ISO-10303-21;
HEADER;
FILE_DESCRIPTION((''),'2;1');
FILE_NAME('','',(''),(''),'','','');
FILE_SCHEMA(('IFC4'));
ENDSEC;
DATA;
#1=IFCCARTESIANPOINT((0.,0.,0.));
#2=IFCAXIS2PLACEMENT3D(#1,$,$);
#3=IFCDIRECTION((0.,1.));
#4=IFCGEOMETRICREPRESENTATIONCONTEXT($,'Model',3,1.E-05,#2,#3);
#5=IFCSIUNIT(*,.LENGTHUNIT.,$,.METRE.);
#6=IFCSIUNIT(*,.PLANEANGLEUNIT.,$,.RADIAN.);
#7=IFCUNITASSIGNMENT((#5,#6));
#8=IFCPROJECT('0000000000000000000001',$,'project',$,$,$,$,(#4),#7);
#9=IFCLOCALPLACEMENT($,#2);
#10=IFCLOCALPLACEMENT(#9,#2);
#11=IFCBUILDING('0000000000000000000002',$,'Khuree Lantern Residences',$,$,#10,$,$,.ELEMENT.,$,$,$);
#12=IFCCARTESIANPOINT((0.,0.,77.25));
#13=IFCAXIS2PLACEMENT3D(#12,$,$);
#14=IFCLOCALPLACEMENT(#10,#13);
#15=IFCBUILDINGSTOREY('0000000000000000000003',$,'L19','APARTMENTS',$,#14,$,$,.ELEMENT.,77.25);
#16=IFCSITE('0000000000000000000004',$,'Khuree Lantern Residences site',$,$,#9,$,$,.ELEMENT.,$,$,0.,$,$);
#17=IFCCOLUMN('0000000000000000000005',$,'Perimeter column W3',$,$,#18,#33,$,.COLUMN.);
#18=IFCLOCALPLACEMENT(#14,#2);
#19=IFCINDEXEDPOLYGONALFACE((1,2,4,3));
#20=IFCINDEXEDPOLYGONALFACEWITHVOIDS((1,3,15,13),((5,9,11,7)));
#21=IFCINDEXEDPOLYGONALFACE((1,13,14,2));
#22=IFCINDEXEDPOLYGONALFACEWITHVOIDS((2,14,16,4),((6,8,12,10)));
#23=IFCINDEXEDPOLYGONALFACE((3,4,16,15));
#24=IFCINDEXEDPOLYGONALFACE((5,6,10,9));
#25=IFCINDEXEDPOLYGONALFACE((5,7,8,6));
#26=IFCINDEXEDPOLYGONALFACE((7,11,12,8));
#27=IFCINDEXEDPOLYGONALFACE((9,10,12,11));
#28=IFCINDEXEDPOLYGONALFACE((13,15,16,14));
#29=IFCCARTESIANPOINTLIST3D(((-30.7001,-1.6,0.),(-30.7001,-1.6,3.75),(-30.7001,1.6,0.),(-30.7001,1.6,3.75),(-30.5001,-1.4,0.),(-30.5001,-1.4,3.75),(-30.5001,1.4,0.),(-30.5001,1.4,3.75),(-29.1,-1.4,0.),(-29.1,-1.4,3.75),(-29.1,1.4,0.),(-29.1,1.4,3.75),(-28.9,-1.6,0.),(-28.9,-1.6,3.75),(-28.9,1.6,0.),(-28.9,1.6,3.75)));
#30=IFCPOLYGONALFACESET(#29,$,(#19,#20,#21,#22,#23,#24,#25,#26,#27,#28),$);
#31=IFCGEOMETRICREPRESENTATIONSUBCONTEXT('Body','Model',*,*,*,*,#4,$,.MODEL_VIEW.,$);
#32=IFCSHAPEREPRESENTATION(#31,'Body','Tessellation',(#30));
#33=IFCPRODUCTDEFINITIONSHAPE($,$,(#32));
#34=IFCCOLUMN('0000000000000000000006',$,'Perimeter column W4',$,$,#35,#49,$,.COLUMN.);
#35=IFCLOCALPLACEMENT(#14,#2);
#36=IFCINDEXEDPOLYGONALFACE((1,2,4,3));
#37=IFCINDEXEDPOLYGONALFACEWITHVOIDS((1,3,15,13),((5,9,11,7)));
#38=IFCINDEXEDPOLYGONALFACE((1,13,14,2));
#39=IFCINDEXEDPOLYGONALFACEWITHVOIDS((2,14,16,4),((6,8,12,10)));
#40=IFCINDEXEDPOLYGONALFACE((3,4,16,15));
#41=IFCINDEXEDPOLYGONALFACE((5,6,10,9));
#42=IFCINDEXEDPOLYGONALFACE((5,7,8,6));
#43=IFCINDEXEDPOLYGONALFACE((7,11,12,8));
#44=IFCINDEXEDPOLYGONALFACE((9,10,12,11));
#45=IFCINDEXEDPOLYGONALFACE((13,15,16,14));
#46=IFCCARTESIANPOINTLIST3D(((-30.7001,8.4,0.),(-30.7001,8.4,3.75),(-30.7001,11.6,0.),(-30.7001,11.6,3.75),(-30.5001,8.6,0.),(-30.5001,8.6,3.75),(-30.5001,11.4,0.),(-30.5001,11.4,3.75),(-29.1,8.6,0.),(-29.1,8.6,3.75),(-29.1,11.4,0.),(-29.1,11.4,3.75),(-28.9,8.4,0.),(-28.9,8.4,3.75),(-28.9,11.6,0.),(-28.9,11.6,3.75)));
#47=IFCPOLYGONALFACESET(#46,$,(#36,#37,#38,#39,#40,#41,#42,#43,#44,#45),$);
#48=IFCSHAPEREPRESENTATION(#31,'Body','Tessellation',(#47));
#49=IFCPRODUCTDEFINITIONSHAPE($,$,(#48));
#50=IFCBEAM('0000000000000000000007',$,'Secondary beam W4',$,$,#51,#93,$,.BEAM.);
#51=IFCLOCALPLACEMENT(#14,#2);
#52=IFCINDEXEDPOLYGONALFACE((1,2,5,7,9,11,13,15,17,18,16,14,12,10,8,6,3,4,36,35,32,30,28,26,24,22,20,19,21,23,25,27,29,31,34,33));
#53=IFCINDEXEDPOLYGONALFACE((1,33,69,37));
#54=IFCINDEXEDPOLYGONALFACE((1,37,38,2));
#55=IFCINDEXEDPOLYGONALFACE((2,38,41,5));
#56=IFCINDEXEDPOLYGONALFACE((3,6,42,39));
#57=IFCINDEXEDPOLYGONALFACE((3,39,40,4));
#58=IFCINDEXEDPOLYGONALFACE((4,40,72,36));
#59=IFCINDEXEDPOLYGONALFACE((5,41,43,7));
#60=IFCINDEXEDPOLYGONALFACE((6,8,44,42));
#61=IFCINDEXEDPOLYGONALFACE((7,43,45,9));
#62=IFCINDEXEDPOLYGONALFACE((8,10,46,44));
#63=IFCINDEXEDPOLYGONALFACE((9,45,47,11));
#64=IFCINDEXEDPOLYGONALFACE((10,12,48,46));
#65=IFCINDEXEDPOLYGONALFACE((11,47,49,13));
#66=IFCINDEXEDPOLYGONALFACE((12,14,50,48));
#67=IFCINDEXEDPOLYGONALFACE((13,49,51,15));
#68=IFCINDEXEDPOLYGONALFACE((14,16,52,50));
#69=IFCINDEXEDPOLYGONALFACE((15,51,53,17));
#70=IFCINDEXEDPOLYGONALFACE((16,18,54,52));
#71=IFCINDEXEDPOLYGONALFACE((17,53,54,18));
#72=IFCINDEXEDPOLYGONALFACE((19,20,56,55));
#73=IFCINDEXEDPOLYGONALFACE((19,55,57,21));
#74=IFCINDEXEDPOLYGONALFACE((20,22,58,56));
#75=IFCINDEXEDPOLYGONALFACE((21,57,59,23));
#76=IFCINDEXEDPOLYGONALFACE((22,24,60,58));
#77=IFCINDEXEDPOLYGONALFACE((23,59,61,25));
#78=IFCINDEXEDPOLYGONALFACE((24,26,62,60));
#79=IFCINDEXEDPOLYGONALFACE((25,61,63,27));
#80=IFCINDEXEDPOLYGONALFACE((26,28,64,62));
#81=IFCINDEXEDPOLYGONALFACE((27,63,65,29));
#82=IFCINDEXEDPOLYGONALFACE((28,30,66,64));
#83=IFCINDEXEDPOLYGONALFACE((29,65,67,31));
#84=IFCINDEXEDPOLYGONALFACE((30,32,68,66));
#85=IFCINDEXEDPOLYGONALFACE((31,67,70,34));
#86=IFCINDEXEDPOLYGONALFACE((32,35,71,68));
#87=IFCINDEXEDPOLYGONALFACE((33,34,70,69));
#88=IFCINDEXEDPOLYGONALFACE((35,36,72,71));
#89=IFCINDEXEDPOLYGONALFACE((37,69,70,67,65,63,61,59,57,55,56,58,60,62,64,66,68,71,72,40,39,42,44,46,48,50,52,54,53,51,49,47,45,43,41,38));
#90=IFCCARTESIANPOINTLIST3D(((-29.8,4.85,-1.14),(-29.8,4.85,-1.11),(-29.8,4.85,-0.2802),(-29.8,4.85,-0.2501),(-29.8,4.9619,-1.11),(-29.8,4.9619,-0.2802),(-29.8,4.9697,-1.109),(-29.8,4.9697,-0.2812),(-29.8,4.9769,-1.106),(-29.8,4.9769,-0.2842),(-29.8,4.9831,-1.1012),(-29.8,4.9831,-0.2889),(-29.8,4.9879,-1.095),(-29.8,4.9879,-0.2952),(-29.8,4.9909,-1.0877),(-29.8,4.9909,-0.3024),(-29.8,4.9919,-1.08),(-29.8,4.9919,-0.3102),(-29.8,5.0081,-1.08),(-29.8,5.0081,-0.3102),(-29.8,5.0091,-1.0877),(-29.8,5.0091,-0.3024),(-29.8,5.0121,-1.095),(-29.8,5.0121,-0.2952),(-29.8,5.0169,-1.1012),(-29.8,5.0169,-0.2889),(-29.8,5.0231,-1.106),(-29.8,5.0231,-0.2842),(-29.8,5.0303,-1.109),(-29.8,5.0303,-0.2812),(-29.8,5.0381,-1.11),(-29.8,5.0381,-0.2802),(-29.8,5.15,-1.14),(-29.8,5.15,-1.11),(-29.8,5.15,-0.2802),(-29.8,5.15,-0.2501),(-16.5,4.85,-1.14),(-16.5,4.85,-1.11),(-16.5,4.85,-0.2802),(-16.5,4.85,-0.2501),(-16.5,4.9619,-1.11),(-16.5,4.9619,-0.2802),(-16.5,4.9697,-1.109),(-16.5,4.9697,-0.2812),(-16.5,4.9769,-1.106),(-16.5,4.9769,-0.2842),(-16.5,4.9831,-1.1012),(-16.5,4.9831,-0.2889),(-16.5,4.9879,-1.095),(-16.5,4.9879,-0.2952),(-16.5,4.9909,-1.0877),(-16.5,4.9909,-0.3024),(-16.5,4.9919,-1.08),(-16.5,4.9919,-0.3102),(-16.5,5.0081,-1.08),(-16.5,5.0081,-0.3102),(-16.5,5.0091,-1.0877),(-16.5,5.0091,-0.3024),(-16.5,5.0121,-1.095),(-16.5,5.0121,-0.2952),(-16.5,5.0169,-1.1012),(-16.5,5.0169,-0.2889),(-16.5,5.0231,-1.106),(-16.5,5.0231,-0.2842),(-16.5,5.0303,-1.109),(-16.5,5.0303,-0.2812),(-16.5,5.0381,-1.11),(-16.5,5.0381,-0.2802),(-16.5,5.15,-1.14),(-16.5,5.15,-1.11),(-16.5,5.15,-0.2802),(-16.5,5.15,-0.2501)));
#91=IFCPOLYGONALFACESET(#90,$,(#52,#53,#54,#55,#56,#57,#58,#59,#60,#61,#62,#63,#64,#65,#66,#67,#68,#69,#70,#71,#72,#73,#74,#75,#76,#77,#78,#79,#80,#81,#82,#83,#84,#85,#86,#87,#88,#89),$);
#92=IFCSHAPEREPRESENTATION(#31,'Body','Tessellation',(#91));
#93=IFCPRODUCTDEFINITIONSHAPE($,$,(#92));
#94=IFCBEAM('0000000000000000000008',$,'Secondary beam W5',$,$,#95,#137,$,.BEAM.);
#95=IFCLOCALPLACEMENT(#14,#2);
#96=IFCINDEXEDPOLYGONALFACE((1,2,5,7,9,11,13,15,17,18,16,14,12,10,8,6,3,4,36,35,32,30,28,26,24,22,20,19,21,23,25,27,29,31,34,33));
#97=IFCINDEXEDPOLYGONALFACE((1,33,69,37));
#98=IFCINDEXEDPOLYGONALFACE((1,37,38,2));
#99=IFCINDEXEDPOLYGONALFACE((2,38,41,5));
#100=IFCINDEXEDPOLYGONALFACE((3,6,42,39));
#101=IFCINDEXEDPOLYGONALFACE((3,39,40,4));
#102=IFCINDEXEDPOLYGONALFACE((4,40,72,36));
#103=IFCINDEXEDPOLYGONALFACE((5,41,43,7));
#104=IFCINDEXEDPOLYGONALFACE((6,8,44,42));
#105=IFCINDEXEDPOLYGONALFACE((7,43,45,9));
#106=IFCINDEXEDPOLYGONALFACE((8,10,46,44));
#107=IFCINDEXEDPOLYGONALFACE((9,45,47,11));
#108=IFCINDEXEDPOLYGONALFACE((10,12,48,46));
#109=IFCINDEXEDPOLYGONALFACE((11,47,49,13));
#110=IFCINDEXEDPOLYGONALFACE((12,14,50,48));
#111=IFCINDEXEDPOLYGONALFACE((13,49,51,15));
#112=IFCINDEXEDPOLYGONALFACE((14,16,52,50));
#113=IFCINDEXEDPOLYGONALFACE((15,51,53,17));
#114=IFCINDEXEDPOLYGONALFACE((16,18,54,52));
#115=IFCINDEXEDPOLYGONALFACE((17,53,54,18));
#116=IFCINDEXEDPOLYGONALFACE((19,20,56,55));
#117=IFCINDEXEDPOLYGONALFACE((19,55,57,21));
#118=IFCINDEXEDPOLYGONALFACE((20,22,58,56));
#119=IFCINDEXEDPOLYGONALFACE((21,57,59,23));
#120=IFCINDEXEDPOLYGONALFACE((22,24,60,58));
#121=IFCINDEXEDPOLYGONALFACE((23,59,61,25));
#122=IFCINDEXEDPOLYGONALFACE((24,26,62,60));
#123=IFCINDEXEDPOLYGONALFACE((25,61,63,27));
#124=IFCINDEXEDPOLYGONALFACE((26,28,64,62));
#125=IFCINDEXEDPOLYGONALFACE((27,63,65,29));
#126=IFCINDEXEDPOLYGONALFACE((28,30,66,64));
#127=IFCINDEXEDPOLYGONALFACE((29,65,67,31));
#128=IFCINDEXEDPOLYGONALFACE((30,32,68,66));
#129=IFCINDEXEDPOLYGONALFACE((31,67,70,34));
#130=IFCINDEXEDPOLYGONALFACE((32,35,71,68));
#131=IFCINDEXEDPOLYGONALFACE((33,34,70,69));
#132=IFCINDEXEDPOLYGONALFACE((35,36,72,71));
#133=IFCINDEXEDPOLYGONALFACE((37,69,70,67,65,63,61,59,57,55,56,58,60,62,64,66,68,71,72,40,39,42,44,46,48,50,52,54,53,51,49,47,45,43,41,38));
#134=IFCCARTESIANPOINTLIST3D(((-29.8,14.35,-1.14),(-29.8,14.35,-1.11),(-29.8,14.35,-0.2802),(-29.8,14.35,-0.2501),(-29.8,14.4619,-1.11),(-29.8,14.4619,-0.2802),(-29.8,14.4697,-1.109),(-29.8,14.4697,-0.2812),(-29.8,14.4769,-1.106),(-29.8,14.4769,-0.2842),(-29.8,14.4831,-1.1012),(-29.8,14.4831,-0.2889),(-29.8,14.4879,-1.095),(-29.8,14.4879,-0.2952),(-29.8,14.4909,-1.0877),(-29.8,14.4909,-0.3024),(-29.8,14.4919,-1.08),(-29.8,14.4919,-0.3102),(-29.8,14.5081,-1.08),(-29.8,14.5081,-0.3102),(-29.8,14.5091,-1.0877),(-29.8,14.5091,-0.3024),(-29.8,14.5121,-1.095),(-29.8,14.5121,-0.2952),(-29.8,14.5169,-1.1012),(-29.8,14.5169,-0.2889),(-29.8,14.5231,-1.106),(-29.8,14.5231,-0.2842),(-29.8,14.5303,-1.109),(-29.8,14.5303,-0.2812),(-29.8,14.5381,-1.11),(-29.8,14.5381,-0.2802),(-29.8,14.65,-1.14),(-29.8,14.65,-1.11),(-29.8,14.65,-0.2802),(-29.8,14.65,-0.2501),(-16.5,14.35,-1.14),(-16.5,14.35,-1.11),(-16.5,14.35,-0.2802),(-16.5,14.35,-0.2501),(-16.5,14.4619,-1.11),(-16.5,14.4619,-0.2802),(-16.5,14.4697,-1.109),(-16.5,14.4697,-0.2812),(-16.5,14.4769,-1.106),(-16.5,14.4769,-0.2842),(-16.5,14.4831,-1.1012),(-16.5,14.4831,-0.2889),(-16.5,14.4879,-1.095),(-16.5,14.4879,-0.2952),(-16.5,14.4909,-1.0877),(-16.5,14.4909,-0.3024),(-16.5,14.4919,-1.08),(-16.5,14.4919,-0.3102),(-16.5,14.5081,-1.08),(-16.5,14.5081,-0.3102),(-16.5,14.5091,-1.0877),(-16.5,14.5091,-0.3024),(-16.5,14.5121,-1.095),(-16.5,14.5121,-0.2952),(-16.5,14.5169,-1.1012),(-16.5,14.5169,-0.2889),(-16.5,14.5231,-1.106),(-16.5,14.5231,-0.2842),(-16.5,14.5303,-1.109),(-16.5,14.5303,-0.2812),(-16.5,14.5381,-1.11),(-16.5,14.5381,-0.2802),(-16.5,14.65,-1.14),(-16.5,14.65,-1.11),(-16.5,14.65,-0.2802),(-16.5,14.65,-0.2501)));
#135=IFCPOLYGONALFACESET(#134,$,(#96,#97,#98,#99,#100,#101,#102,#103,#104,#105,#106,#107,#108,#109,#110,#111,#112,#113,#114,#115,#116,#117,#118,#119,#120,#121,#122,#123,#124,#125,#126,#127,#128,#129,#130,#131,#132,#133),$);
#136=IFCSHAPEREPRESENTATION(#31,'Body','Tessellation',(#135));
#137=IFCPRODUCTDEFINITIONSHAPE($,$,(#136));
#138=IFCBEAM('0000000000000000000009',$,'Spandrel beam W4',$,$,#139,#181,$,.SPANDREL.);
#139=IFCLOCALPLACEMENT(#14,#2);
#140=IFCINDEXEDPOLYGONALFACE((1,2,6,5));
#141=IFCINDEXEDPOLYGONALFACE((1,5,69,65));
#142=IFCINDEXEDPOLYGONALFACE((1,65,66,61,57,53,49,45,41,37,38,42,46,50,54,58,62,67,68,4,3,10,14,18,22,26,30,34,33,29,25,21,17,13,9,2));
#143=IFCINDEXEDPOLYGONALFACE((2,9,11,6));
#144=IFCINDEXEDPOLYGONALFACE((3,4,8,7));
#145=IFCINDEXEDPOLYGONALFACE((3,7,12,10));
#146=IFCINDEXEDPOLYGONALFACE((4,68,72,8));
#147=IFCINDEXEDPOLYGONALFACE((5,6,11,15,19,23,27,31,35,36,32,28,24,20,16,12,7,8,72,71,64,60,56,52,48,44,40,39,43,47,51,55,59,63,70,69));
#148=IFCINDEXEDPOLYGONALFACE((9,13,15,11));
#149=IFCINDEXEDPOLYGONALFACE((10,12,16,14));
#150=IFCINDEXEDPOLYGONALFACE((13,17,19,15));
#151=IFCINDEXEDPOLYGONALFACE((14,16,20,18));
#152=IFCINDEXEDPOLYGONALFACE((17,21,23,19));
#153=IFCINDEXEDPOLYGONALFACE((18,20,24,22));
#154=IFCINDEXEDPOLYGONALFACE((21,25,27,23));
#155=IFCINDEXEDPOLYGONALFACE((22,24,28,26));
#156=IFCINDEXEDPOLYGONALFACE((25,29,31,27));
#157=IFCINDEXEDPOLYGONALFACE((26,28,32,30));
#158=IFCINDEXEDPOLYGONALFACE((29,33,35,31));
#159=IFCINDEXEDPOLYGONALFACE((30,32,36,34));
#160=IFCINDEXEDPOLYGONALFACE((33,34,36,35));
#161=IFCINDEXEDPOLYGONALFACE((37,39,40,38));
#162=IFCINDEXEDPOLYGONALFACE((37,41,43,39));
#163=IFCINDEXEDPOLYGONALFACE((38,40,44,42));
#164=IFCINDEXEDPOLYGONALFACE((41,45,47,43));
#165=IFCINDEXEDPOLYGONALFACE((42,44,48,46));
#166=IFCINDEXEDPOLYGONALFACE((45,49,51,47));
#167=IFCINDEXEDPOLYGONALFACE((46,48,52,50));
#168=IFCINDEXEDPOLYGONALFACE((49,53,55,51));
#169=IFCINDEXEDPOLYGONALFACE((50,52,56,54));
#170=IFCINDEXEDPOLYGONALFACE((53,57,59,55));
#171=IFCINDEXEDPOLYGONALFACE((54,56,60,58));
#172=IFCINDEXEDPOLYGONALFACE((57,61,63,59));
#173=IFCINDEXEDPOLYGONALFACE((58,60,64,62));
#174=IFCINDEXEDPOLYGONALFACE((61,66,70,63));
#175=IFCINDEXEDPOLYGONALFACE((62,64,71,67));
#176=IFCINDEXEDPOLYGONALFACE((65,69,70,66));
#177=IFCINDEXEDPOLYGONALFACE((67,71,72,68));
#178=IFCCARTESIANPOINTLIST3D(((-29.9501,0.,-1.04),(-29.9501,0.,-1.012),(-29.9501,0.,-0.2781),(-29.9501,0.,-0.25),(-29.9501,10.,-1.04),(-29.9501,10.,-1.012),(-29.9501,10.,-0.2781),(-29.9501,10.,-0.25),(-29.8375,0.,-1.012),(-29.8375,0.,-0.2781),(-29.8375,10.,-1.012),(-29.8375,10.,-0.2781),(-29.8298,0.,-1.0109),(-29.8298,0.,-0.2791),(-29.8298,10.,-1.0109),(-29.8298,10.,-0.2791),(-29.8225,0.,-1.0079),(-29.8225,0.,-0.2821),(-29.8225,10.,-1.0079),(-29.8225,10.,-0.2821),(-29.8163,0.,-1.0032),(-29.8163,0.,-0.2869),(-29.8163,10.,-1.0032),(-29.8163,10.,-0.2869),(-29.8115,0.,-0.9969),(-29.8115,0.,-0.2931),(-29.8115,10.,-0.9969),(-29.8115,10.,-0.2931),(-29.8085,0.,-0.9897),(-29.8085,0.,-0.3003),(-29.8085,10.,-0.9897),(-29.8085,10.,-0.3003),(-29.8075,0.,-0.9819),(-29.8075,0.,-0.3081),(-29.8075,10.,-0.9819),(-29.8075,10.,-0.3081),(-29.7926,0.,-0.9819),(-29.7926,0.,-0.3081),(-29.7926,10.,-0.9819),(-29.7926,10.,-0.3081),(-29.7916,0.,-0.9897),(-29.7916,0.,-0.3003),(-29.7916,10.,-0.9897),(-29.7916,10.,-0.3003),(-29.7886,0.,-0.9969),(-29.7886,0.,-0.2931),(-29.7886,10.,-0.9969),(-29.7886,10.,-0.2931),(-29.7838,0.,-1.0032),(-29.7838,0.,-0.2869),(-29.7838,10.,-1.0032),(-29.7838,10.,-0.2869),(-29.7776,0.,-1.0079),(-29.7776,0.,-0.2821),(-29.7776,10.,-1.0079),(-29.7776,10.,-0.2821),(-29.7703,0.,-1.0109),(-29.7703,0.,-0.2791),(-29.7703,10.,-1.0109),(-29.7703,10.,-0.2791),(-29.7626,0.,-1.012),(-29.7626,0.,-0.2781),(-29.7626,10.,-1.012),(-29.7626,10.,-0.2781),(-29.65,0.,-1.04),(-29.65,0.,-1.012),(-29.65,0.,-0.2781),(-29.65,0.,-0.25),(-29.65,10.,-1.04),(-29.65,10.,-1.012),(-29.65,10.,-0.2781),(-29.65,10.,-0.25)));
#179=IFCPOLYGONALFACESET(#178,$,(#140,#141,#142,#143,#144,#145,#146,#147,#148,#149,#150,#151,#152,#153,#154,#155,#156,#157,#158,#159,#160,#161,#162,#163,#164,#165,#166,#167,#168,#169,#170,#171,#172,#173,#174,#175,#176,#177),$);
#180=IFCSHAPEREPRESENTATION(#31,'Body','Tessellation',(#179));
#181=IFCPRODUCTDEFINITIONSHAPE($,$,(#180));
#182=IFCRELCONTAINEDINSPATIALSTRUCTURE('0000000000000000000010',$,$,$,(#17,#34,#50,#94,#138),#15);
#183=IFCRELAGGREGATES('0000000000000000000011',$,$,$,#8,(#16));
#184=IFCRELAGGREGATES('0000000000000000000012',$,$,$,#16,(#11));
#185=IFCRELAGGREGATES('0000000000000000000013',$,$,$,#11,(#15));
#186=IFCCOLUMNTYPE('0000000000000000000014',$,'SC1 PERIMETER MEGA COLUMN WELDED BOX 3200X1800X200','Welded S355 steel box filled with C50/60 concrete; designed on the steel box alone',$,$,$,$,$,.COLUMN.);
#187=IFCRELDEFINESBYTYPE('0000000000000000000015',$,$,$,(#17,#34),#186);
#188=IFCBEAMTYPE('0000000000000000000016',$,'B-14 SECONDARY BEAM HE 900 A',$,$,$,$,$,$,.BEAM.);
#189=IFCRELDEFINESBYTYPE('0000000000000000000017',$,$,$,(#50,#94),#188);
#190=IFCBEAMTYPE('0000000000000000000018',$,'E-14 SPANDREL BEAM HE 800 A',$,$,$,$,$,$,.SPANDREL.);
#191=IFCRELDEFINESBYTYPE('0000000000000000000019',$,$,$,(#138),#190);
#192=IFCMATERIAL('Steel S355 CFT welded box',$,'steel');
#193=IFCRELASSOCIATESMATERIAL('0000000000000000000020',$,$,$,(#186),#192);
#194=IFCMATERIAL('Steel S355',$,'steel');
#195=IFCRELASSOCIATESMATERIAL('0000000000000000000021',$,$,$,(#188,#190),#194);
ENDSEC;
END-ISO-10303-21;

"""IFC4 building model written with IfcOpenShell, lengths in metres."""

from ifc_helpers import new_model, si_unit, direction, frame, origin, origin_2d, place, context, subcontext, project, spatial, hollow_rectangle, i_section, extrude, material, material_profile, profile_set, type_object, element, save


model = new_model("IFC4")

# Units and contexts
model_context = context("Model", 3, precision=1e-05, world=origin(), true_north=direction((0.0, 1.0)))
body_context = subcontext(model_context, "Body", "Model", "MODEL_VIEW")
ifc_project = project(units=[si_unit("LENGTHUNIT", "METRE"), si_unit("PLANEANGLEUNIT", "RADIAN")], contexts=[model_context])

# Site, building, storey
site_placement = place(None, origin())
site = spatial("IfcSite", under=ifc_project, at=site_placement, Name="Khuree Lantern Residences site", CompositionType="ELEMENT", RefElevation=0.0)
building_placement = place(site_placement, origin())
building = spatial("IfcBuilding", under=site, at=building_placement, Name="Khuree Lantern Residences", CompositionType="ELEMENT")
storey_placement = place(building_placement, frame((0.0, 0.0, 77.25)))
storey = spatial("IfcBuildingStorey", under=building, at=storey_placement, Name="L19", Description="APARTMENTS", CompositionType="ELEMENT", Elevation=77.25)

# Columns
ifc_material_1 = material(Name="Steel S355 CFT welded box", Category="steel")
ifc_material_profile_1 = material_profile(ifc_material_1, hollow_rectangle(XDim=3.2, YDim=1.8, WallThickness=0.2, at=origin_2d()), Name="WELDED BOX 3200X1800X200")
ifc_profile_set_1 = profile_set([ifc_material_profile_1], Name="Steel S355 CFT welded box")
column_type = type_object("IfcColumnType", Name="SC1 PERIMETER MEGA COLUMN WELDED BOX 3200X1800X200", Description="Welded S355 steel box filled with C50/60 concrete; designed on the steel box alone", PredefinedType="COLUMN", material=ifc_profile_set_1)
for number, where, z_axis, x_axis, name in (
    (1, (-29.8, 0.0, 0.0), (0.0, 0.0, 1.0), (0.0, 1.0, 0.0), "Perimeter column W3"),
    (2, (-29.8, 10.0, 0.0), (0.0, 0.0, 1.0), (0.0, 1.0, 0.0), "Perimeter column W4"),
):
    element("IfcColumn", number, at=place(storey_placement, frame(where, z_axis=z_axis, x_axis=x_axis)), inside=storey, type_object=column_type, Name=name, PredefinedType="COLUMN", context=body_context, shape_type="SweptSolid", body=[
        extrude(hollow_rectangle(XDim=3.2, YDim=1.8, WallThickness=0.2, at=origin_2d()), origin(), (0.0, 0.0, 1.0), 3.75),
    ])

# Beams
ifc_material_2 = material(Name="Steel S355", Category="steel")
ifc_material_profile_2 = material_profile(ifc_material_2, i_section(OverallWidth=0.3, OverallDepth=0.8899, WebThickness=0.0161, FlangeThickness=0.03, FilletRadius=0.03, at=origin_2d()), Name="HE 900 A")
ifc_profile_set_2 = profile_set([ifc_material_profile_2], Name="Steel S355")
beam_type_1 = type_object("IfcBeamType", Name="B-14 SECONDARY BEAM HE 900 A", PredefinedType="BEAM", material=ifc_profile_set_2)
for number, where, z_axis, x_axis, name in (
    (3, (-29.8, 5.0, -0.6951), (1.0, 0.0, 0.0), (0.0, 1.0, 0.0), "Secondary beam W4"),
    (4, (-29.8, 14.5, -0.6951), (1.0, 0.0, 0.0), (0.0, 1.0, 0.0), "Secondary beam W5"),
):
    element("IfcBeam", number, at=place(storey_placement, frame(where, z_axis=z_axis, x_axis=x_axis)), inside=storey, type_object=beam_type_1, Name=name, PredefinedType="BEAM", context=body_context, shape_type="SweptSolid", body=[
        extrude(i_section(OverallWidth=0.3, OverallDepth=0.8899, WebThickness=0.0161, FlangeThickness=0.03, FilletRadius=0.03, at=origin_2d()), origin(), (0.0, 0.0, 1.0), 13.3),
    ])
ifc_material_profile_3 = material_profile(ifc_material_2, i_section(OverallWidth=0.3, OverallDepth=0.79, WebThickness=0.0149, FlangeThickness=0.0281, FilletRadius=0.03, at=origin_2d()), Name="HE 800 A")
ifc_profile_set_3 = profile_set([ifc_material_profile_3], Name="Steel S355")
beam_type_2 = type_object("IfcBeamType", Name="E-14 SPANDREL BEAM HE 800 A", PredefinedType="SPANDREL", material=ifc_profile_set_3)
for number, where, z_axis, x_axis, name in (
    (5, (-29.8, 0.0, -0.645), (0.0, 1.0, 0.0), (-1.0, 0.0, 0.0), "Spandrel beam W4"),
):
    element("IfcBeam", number, at=place(storey_placement, frame(where, z_axis=z_axis, x_axis=x_axis)), inside=storey, type_object=beam_type_2, Name=name, PredefinedType="SPANDREL", context=body_context, shape_type="SweptSolid", body=[
        extrude(i_section(OverallWidth=0.3, OverallDepth=0.79, WebThickness=0.0149, FlangeThickness=0.0281, FilletRadius=0.03, at=origin_2d()), origin(), (0.0, 0.0, 1.0), 10.0),
    ])

save(model, "model.ifc")
